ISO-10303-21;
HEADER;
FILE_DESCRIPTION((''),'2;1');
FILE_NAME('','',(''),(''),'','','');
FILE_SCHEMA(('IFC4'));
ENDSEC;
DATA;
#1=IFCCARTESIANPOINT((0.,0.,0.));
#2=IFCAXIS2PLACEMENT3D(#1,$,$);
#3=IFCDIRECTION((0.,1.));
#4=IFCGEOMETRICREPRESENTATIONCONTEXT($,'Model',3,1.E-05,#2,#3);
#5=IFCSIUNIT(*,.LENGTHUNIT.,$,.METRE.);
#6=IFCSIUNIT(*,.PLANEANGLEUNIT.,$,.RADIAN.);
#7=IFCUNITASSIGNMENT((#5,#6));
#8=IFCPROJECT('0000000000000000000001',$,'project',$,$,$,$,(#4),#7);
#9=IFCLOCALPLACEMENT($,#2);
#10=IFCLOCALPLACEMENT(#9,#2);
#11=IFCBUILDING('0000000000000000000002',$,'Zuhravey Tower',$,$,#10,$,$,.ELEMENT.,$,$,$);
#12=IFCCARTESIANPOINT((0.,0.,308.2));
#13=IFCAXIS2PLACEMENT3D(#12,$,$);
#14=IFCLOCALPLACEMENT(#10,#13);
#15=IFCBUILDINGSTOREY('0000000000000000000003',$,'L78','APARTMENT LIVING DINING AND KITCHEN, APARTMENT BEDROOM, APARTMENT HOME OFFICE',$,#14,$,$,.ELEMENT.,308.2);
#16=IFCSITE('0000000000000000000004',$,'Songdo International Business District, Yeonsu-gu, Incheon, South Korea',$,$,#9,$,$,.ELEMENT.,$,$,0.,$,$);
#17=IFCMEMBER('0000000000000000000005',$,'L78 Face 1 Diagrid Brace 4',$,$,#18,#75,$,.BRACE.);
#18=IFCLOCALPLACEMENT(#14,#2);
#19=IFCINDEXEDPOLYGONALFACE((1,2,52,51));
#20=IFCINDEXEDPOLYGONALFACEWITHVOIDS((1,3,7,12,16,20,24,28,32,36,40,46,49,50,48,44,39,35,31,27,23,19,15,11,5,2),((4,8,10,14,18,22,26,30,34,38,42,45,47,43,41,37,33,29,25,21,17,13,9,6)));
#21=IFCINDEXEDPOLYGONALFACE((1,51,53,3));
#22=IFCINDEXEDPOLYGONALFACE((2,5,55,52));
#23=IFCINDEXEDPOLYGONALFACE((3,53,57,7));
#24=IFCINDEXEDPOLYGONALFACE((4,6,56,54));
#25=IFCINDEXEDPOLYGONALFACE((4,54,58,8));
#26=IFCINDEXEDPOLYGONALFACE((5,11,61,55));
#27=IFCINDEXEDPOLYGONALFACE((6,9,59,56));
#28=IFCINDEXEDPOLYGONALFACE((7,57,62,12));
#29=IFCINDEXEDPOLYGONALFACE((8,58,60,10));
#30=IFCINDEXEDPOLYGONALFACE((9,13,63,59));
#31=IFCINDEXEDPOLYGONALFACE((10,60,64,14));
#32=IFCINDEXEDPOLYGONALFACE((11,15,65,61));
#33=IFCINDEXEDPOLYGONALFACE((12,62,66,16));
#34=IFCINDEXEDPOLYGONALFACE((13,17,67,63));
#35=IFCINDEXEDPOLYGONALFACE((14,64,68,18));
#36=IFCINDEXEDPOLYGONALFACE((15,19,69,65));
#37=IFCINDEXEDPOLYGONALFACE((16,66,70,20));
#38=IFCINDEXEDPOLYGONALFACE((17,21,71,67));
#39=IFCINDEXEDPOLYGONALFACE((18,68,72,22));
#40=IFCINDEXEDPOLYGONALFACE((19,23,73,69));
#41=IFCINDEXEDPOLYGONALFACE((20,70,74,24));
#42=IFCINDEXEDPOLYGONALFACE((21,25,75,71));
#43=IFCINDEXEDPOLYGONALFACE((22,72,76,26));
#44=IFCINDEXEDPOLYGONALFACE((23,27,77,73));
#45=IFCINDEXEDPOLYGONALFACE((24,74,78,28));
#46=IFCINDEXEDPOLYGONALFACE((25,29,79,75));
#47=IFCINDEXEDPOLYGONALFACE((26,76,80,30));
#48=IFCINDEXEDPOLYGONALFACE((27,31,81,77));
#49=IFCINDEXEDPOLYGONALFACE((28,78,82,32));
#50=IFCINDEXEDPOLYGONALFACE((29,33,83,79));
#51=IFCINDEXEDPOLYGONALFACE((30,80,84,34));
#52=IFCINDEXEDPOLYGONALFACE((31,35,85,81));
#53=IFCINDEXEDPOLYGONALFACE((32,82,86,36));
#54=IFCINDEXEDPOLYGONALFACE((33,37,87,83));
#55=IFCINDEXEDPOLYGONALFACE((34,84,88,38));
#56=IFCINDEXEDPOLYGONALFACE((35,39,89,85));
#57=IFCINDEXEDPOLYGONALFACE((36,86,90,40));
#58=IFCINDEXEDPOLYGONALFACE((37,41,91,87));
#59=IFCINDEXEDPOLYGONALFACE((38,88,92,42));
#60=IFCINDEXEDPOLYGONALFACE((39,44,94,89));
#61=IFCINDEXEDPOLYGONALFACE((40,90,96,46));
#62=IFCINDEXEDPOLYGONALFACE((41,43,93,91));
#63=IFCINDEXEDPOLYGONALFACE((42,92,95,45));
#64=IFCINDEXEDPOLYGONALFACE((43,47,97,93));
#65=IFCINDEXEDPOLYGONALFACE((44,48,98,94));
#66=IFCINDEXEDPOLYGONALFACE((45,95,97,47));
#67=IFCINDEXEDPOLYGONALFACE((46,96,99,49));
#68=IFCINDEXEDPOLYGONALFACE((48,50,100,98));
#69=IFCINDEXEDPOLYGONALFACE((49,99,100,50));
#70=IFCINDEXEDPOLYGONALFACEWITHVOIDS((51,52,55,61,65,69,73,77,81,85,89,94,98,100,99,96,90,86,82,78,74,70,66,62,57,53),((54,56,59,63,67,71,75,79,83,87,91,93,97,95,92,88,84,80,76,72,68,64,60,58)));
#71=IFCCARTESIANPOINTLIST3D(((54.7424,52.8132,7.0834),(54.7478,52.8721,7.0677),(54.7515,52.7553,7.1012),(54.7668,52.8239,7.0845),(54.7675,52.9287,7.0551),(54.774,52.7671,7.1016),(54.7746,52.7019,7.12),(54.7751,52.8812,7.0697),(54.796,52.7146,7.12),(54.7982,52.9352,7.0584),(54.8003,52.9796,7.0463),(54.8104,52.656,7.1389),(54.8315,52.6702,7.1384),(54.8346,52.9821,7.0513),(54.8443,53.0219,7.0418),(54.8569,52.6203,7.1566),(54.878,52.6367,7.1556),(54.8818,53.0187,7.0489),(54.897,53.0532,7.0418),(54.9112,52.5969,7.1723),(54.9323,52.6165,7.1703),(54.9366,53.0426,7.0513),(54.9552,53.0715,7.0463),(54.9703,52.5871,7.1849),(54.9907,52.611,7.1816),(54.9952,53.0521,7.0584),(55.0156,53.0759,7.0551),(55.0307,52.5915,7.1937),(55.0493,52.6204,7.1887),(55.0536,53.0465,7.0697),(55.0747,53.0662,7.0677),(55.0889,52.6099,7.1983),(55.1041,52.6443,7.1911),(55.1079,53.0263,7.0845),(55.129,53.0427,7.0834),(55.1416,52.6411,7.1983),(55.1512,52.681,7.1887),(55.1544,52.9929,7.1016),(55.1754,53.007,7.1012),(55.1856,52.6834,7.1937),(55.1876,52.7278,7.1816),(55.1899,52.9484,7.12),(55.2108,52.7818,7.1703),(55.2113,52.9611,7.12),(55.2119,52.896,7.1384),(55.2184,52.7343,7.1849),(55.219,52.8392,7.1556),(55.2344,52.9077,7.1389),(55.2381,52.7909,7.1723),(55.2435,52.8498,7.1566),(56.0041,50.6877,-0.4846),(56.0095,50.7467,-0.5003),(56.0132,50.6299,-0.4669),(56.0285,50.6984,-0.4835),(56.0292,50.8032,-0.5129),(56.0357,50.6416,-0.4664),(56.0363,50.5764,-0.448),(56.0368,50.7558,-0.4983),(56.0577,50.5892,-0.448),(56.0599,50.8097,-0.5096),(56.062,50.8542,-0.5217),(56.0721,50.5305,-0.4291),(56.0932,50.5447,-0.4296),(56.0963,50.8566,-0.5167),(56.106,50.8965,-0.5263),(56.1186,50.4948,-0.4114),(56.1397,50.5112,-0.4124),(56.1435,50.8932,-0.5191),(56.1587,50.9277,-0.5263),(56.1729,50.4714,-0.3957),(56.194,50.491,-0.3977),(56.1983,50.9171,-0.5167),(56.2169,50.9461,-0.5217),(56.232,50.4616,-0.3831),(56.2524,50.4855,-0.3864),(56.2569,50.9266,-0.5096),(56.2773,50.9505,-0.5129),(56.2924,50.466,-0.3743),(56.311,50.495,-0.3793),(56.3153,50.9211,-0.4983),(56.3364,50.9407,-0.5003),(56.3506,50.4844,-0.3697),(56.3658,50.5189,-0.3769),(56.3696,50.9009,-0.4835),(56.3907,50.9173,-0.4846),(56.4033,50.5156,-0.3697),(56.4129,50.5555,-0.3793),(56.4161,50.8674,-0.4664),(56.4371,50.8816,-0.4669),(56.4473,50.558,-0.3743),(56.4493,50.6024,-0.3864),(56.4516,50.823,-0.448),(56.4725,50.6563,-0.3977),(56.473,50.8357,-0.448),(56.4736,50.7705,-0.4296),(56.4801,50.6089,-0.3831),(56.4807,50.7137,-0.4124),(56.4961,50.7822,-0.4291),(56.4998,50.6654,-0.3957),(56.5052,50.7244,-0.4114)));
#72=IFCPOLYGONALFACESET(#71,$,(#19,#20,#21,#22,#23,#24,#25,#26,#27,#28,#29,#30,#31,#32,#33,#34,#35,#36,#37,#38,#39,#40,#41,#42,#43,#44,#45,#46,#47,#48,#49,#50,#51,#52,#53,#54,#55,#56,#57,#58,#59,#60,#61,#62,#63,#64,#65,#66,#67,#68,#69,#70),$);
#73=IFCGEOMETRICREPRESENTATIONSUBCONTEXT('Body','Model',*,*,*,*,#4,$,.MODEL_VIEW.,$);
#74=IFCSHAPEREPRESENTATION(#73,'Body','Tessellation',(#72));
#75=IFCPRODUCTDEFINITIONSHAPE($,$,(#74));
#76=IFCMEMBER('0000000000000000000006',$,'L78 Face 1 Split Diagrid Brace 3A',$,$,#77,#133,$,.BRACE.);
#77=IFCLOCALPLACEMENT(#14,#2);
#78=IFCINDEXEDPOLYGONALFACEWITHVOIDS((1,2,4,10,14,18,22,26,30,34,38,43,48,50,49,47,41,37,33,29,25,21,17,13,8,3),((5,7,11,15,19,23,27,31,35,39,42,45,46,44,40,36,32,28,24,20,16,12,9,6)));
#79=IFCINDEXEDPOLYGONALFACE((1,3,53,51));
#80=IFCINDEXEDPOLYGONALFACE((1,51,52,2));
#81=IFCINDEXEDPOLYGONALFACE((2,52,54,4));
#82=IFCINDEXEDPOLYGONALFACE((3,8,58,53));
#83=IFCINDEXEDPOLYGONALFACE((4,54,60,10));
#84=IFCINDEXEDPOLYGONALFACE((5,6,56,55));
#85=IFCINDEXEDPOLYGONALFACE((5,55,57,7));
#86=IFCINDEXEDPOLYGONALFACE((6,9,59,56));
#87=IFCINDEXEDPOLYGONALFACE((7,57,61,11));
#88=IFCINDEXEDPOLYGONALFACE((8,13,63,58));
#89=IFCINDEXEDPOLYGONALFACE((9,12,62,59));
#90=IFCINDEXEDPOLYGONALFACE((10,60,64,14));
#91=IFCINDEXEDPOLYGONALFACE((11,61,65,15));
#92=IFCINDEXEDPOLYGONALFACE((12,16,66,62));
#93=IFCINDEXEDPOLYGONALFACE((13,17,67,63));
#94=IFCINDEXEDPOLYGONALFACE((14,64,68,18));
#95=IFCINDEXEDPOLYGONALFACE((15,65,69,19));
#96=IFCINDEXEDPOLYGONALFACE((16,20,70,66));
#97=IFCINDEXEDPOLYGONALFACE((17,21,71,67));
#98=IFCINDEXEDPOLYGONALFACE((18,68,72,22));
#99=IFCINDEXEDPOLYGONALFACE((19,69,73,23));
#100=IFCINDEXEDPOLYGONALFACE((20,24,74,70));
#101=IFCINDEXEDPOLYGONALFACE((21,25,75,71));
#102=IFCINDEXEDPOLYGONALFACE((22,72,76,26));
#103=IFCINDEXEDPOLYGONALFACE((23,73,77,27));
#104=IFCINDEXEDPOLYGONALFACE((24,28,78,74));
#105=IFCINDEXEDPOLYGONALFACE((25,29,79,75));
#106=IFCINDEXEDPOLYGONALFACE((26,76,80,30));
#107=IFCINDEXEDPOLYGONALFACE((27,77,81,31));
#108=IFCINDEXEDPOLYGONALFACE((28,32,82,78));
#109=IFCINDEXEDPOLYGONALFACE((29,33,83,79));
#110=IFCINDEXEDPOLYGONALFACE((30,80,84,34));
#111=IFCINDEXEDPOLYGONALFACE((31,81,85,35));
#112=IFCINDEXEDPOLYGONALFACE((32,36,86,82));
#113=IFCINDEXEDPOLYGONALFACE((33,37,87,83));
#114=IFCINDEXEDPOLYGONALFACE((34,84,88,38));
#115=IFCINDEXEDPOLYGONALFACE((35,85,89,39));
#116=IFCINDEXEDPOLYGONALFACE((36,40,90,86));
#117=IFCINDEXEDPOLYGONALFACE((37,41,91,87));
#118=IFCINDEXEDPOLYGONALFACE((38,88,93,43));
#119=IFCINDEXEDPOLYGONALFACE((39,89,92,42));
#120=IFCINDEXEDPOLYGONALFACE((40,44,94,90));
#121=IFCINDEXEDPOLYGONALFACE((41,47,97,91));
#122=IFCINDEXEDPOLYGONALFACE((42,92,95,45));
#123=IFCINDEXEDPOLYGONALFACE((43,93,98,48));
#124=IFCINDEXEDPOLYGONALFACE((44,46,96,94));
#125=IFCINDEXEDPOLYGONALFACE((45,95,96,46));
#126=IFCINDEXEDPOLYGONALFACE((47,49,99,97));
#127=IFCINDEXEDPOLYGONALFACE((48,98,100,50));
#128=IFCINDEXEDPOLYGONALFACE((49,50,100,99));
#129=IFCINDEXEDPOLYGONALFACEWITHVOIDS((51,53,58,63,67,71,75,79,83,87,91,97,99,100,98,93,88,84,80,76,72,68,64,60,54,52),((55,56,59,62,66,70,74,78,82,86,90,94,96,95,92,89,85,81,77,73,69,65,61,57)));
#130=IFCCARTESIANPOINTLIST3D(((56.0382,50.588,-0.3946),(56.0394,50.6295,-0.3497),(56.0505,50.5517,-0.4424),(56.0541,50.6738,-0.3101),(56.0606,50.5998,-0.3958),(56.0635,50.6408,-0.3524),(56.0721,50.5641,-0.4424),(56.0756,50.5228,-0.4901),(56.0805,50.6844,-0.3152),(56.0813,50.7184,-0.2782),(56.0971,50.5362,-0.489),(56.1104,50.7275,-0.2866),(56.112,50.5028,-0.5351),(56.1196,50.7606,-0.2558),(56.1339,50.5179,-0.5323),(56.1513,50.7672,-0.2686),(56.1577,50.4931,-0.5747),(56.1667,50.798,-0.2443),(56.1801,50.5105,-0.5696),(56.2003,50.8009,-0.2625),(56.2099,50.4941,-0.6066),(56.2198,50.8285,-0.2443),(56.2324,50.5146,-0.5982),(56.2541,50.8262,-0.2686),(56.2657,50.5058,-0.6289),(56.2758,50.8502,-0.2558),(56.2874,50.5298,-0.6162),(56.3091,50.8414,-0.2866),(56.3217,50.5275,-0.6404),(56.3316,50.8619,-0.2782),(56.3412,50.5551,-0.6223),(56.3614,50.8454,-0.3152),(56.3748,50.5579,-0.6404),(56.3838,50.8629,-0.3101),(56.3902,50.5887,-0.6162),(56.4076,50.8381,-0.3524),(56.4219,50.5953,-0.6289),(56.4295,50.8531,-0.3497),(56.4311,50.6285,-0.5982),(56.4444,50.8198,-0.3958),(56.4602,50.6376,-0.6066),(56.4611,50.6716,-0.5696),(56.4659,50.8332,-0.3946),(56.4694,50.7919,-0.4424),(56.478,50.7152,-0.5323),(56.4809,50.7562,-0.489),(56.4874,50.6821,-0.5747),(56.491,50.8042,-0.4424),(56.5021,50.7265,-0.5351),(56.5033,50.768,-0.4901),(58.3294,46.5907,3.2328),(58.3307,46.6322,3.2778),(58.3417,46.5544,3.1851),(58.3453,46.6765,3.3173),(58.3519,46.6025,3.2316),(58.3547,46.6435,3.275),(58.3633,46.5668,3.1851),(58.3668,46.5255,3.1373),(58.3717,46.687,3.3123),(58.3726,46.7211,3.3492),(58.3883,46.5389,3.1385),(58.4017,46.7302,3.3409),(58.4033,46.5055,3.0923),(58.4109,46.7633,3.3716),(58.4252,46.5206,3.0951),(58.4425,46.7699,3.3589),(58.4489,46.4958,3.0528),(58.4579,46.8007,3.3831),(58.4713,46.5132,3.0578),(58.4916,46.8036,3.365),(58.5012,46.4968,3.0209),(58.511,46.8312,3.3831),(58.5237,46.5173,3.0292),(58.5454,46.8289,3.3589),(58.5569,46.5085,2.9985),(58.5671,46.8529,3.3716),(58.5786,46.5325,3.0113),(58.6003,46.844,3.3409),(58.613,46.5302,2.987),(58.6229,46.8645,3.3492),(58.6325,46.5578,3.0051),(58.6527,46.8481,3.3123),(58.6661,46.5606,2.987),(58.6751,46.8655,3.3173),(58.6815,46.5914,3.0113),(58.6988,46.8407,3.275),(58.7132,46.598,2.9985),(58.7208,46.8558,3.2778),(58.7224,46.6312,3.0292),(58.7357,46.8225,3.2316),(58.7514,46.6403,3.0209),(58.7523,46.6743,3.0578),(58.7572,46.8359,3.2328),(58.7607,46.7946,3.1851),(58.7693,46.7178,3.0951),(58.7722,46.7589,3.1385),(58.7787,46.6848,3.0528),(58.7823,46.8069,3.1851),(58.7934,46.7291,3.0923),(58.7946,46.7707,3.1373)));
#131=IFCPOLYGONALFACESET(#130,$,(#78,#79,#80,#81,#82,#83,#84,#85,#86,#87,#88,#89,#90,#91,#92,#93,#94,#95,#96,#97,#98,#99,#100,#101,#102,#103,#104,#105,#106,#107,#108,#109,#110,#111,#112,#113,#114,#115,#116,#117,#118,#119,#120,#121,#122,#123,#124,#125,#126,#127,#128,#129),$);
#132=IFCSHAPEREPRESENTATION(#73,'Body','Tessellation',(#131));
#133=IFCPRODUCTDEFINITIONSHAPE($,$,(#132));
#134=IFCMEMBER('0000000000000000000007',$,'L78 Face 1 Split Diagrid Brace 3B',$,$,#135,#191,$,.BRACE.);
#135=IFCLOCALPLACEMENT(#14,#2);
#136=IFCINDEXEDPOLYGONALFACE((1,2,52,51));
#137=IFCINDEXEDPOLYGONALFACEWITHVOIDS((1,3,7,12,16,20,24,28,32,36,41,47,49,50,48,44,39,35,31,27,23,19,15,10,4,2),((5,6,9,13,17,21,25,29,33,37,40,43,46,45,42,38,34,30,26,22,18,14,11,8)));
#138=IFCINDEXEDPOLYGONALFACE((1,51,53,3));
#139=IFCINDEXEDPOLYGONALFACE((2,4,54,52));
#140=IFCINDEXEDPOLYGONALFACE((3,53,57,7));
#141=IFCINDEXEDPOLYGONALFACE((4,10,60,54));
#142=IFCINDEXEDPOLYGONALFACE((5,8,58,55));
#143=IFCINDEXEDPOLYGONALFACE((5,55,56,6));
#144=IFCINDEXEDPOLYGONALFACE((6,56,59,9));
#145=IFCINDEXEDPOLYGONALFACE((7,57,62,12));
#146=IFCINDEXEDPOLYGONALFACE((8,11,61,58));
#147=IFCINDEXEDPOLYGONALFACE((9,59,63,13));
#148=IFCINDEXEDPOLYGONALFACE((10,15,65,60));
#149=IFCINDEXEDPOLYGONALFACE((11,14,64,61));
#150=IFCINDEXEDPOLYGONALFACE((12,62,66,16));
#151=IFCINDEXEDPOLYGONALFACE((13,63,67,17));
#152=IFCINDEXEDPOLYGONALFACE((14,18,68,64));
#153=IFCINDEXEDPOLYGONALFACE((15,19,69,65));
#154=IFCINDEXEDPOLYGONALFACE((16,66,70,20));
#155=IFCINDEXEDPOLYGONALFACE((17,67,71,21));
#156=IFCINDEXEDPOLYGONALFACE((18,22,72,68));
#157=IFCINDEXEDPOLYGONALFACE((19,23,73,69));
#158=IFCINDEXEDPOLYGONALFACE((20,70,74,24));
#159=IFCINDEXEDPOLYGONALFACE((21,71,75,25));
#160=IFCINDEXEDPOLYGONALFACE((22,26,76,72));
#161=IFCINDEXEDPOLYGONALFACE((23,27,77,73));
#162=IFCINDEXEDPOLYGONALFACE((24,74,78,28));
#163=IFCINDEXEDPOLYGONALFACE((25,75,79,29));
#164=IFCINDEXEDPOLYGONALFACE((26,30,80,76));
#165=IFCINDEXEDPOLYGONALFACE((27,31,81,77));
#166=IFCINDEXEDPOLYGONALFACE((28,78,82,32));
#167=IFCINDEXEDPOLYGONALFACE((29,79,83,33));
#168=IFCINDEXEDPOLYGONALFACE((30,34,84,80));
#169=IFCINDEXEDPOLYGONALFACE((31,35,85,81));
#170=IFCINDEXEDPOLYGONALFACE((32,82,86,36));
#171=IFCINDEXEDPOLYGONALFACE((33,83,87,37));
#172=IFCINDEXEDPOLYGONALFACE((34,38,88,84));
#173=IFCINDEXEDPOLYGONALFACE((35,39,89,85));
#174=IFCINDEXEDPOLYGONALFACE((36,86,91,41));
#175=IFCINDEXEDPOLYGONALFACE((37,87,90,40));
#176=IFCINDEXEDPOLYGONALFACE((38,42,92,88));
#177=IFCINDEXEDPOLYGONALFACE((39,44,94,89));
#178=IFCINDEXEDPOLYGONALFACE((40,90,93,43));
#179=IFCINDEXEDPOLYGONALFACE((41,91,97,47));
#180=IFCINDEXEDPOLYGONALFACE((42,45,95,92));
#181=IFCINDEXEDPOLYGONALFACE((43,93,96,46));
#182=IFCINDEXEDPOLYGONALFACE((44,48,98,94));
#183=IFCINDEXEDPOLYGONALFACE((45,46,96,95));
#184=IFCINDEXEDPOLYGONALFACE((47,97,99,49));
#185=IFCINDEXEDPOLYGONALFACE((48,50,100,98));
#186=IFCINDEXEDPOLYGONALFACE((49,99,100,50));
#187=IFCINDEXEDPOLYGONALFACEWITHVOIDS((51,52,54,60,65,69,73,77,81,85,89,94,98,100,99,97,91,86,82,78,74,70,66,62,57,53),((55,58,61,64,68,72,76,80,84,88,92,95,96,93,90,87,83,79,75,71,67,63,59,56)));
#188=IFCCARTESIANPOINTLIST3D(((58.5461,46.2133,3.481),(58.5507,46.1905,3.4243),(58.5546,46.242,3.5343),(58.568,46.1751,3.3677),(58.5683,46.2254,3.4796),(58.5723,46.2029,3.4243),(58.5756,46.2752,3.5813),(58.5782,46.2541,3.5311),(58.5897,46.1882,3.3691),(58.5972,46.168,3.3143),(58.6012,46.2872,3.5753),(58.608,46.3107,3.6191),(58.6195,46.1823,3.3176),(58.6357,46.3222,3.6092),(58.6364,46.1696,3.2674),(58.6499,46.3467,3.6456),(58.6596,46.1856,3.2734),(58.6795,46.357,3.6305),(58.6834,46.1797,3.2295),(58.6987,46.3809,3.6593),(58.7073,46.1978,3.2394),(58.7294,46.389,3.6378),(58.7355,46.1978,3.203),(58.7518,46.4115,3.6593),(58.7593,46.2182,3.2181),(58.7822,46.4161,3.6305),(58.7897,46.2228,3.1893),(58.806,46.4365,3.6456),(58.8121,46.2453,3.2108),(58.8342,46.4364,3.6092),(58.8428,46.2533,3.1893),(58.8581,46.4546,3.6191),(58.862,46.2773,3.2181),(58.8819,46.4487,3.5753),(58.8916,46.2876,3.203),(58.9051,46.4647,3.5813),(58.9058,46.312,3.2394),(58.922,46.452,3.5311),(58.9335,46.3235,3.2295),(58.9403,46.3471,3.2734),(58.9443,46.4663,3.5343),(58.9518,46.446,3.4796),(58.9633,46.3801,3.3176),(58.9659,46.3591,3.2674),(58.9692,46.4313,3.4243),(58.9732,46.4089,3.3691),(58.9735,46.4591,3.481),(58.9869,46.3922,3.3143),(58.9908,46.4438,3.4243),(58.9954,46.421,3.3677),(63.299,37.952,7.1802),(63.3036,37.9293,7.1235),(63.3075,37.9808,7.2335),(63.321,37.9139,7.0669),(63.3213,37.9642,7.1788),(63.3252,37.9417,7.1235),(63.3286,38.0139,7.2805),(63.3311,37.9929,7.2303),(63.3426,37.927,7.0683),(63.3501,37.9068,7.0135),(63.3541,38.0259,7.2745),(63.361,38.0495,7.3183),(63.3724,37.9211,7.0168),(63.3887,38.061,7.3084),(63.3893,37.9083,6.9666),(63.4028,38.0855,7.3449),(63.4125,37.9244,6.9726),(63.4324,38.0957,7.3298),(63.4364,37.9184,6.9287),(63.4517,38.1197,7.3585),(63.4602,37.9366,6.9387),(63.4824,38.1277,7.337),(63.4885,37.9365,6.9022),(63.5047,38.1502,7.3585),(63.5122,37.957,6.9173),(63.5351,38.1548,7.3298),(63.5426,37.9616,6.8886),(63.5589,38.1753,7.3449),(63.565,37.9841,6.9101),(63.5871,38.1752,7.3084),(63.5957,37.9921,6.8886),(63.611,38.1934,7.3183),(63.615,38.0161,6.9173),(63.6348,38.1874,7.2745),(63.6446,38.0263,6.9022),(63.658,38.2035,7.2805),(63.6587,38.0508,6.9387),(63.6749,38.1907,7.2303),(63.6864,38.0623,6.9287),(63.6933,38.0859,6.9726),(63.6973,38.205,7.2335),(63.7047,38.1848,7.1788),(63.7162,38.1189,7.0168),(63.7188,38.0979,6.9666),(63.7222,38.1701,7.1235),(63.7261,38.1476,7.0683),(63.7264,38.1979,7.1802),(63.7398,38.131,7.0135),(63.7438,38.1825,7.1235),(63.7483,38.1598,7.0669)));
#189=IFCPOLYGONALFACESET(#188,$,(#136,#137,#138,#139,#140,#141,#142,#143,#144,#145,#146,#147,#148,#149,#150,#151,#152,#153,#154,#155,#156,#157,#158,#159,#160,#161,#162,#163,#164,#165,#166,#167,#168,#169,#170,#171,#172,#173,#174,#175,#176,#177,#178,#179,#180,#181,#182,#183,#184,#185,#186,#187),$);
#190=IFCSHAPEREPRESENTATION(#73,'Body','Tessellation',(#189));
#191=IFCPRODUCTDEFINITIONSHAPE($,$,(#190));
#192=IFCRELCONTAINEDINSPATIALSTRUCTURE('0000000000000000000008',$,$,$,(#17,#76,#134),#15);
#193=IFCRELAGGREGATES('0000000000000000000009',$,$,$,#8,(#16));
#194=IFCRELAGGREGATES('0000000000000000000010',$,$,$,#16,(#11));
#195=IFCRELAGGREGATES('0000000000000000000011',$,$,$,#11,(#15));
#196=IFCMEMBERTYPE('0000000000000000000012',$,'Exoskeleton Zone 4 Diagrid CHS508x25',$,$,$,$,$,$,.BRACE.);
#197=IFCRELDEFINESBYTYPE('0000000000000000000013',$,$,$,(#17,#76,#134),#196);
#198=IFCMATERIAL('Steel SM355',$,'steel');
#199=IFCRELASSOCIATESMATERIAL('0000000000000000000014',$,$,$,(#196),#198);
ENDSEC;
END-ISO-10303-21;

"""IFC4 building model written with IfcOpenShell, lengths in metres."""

from ifc_helpers import new_model, si_unit, direction, frame, origin, origin_2d, place, context, subcontext, project, spatial, hollow_circle, extrude, material, material_profile, profile_set, type_object, element, save


model = new_model("IFC4")

# Units and contexts
model_context = context("Model", 3, precision=1e-05, world=origin(), true_north=direction((0.0, 1.0)))
body_context = subcontext(model_context, "Body", "Model", "MODEL_VIEW")
ifc_project = project(units=[si_unit("LENGTHUNIT", "METRE"), si_unit("PLANEANGLEUNIT", "RADIAN")], contexts=[model_context])

# Site, building, storey
site_placement = place(None, origin())
site = spatial("IfcSite", under=ifc_project, at=site_placement, Name="Songdo International Business District, Yeonsu-gu, Incheon, South Korea", CompositionType="ELEMENT", RefElevation=0.0)
building_placement = place(site_placement, origin())
building = spatial("IfcBuilding", under=site, at=building_placement, Name="Zuhravey Tower", CompositionType="ELEMENT")
storey_placement = place(building_placement, frame((0.0, 0.0, 308.2)))
storey = spatial("IfcBuildingStorey", under=building, at=storey_placement, Name="L78", Description="APARTMENT LIVING DINING AND KITCHEN, APARTMENT BEDROOM, APARTMENT HOME OFFICE", CompositionType="ELEMENT", Elevation=308.2)

# Members
ifc_material_1 = material(Name="Steel SM355", Category="steel")
ifc_material_profile_1 = material_profile(ifc_material_1, hollow_circle(Radius=0.2539, WallThickness=0.0249, at=origin_2d()), Name="CHS-508.0x25")
ifc_profile_set_1 = profile_set([ifc_material_profile_1], Name="Steel SM355")
member_type_1 = type_object("IfcMemberType", Name="Exoskeleton Zone 4 Diagrid CHS508x25", PredefinedType="BRACE", material=ifc_profile_set_1)
member_1_placement = place(storey_placement, frame((56.2546, 50.7061, -0.448), z_axis=(-0.158477, 0.26697, 0.950585), x_axis=(-0.859906, -0.510452, 0.0)))
element("IfcMember", 1, at=member_1_placement, inside=storey, type_object=member_type_1, Name="L78 Face 1 Diagrid Brace 4", PredefinedType="BRACE", context=body_context, shape_type="SweptSolid", body=[
    extrude(hollow_circle(Radius=0.2539, WallThickness=0.0249, at=origin_2d()), origin(), (0.0, 0.0, 1.0), 7.9614),
])
member_2_placement = place(storey_placement, frame((56.2708, 50.678, -0.4424), z_axis=(0.390732, -0.681668, 0.618593), x_axis=(0.86758, 0.497297, 0.0)))
element("IfcMember", 2, at=member_2_placement, inside=storey, type_object=member_type_1, Name="L78 Face 1 Split Diagrid Brace 3A", PredefinedType="BRACE", context=body_context, shape_type="SweptSolid", body=[
    extrude(hollow_circle(Radius=0.2539, WallThickness=0.0249, at=origin_2d()), origin(), (0.0, 0.0, 1.0), 5.864),
])
member_3_placement = place(storey_placement, frame((58.7708, 46.3171, 3.4243), z_axis=(0.464897, -0.808053, 0.36183), x_axis=(0.866783, 0.498686, 0.0)))
element("IfcMember", 3, at=member_3_placement, inside=storey, type_object=member_type_1, Name="L78 Face 1 Split Diagrid Brace 3B", PredefinedType="BRACE", context=body_context, shape_type="SweptSolid", body=[
    extrude(hollow_circle(Radius=0.2539, WallThickness=0.0249, at=origin_2d()), origin(), (0.0, 0.0, 1.0), 10.2236),
])

save(model, "model.ifc")
